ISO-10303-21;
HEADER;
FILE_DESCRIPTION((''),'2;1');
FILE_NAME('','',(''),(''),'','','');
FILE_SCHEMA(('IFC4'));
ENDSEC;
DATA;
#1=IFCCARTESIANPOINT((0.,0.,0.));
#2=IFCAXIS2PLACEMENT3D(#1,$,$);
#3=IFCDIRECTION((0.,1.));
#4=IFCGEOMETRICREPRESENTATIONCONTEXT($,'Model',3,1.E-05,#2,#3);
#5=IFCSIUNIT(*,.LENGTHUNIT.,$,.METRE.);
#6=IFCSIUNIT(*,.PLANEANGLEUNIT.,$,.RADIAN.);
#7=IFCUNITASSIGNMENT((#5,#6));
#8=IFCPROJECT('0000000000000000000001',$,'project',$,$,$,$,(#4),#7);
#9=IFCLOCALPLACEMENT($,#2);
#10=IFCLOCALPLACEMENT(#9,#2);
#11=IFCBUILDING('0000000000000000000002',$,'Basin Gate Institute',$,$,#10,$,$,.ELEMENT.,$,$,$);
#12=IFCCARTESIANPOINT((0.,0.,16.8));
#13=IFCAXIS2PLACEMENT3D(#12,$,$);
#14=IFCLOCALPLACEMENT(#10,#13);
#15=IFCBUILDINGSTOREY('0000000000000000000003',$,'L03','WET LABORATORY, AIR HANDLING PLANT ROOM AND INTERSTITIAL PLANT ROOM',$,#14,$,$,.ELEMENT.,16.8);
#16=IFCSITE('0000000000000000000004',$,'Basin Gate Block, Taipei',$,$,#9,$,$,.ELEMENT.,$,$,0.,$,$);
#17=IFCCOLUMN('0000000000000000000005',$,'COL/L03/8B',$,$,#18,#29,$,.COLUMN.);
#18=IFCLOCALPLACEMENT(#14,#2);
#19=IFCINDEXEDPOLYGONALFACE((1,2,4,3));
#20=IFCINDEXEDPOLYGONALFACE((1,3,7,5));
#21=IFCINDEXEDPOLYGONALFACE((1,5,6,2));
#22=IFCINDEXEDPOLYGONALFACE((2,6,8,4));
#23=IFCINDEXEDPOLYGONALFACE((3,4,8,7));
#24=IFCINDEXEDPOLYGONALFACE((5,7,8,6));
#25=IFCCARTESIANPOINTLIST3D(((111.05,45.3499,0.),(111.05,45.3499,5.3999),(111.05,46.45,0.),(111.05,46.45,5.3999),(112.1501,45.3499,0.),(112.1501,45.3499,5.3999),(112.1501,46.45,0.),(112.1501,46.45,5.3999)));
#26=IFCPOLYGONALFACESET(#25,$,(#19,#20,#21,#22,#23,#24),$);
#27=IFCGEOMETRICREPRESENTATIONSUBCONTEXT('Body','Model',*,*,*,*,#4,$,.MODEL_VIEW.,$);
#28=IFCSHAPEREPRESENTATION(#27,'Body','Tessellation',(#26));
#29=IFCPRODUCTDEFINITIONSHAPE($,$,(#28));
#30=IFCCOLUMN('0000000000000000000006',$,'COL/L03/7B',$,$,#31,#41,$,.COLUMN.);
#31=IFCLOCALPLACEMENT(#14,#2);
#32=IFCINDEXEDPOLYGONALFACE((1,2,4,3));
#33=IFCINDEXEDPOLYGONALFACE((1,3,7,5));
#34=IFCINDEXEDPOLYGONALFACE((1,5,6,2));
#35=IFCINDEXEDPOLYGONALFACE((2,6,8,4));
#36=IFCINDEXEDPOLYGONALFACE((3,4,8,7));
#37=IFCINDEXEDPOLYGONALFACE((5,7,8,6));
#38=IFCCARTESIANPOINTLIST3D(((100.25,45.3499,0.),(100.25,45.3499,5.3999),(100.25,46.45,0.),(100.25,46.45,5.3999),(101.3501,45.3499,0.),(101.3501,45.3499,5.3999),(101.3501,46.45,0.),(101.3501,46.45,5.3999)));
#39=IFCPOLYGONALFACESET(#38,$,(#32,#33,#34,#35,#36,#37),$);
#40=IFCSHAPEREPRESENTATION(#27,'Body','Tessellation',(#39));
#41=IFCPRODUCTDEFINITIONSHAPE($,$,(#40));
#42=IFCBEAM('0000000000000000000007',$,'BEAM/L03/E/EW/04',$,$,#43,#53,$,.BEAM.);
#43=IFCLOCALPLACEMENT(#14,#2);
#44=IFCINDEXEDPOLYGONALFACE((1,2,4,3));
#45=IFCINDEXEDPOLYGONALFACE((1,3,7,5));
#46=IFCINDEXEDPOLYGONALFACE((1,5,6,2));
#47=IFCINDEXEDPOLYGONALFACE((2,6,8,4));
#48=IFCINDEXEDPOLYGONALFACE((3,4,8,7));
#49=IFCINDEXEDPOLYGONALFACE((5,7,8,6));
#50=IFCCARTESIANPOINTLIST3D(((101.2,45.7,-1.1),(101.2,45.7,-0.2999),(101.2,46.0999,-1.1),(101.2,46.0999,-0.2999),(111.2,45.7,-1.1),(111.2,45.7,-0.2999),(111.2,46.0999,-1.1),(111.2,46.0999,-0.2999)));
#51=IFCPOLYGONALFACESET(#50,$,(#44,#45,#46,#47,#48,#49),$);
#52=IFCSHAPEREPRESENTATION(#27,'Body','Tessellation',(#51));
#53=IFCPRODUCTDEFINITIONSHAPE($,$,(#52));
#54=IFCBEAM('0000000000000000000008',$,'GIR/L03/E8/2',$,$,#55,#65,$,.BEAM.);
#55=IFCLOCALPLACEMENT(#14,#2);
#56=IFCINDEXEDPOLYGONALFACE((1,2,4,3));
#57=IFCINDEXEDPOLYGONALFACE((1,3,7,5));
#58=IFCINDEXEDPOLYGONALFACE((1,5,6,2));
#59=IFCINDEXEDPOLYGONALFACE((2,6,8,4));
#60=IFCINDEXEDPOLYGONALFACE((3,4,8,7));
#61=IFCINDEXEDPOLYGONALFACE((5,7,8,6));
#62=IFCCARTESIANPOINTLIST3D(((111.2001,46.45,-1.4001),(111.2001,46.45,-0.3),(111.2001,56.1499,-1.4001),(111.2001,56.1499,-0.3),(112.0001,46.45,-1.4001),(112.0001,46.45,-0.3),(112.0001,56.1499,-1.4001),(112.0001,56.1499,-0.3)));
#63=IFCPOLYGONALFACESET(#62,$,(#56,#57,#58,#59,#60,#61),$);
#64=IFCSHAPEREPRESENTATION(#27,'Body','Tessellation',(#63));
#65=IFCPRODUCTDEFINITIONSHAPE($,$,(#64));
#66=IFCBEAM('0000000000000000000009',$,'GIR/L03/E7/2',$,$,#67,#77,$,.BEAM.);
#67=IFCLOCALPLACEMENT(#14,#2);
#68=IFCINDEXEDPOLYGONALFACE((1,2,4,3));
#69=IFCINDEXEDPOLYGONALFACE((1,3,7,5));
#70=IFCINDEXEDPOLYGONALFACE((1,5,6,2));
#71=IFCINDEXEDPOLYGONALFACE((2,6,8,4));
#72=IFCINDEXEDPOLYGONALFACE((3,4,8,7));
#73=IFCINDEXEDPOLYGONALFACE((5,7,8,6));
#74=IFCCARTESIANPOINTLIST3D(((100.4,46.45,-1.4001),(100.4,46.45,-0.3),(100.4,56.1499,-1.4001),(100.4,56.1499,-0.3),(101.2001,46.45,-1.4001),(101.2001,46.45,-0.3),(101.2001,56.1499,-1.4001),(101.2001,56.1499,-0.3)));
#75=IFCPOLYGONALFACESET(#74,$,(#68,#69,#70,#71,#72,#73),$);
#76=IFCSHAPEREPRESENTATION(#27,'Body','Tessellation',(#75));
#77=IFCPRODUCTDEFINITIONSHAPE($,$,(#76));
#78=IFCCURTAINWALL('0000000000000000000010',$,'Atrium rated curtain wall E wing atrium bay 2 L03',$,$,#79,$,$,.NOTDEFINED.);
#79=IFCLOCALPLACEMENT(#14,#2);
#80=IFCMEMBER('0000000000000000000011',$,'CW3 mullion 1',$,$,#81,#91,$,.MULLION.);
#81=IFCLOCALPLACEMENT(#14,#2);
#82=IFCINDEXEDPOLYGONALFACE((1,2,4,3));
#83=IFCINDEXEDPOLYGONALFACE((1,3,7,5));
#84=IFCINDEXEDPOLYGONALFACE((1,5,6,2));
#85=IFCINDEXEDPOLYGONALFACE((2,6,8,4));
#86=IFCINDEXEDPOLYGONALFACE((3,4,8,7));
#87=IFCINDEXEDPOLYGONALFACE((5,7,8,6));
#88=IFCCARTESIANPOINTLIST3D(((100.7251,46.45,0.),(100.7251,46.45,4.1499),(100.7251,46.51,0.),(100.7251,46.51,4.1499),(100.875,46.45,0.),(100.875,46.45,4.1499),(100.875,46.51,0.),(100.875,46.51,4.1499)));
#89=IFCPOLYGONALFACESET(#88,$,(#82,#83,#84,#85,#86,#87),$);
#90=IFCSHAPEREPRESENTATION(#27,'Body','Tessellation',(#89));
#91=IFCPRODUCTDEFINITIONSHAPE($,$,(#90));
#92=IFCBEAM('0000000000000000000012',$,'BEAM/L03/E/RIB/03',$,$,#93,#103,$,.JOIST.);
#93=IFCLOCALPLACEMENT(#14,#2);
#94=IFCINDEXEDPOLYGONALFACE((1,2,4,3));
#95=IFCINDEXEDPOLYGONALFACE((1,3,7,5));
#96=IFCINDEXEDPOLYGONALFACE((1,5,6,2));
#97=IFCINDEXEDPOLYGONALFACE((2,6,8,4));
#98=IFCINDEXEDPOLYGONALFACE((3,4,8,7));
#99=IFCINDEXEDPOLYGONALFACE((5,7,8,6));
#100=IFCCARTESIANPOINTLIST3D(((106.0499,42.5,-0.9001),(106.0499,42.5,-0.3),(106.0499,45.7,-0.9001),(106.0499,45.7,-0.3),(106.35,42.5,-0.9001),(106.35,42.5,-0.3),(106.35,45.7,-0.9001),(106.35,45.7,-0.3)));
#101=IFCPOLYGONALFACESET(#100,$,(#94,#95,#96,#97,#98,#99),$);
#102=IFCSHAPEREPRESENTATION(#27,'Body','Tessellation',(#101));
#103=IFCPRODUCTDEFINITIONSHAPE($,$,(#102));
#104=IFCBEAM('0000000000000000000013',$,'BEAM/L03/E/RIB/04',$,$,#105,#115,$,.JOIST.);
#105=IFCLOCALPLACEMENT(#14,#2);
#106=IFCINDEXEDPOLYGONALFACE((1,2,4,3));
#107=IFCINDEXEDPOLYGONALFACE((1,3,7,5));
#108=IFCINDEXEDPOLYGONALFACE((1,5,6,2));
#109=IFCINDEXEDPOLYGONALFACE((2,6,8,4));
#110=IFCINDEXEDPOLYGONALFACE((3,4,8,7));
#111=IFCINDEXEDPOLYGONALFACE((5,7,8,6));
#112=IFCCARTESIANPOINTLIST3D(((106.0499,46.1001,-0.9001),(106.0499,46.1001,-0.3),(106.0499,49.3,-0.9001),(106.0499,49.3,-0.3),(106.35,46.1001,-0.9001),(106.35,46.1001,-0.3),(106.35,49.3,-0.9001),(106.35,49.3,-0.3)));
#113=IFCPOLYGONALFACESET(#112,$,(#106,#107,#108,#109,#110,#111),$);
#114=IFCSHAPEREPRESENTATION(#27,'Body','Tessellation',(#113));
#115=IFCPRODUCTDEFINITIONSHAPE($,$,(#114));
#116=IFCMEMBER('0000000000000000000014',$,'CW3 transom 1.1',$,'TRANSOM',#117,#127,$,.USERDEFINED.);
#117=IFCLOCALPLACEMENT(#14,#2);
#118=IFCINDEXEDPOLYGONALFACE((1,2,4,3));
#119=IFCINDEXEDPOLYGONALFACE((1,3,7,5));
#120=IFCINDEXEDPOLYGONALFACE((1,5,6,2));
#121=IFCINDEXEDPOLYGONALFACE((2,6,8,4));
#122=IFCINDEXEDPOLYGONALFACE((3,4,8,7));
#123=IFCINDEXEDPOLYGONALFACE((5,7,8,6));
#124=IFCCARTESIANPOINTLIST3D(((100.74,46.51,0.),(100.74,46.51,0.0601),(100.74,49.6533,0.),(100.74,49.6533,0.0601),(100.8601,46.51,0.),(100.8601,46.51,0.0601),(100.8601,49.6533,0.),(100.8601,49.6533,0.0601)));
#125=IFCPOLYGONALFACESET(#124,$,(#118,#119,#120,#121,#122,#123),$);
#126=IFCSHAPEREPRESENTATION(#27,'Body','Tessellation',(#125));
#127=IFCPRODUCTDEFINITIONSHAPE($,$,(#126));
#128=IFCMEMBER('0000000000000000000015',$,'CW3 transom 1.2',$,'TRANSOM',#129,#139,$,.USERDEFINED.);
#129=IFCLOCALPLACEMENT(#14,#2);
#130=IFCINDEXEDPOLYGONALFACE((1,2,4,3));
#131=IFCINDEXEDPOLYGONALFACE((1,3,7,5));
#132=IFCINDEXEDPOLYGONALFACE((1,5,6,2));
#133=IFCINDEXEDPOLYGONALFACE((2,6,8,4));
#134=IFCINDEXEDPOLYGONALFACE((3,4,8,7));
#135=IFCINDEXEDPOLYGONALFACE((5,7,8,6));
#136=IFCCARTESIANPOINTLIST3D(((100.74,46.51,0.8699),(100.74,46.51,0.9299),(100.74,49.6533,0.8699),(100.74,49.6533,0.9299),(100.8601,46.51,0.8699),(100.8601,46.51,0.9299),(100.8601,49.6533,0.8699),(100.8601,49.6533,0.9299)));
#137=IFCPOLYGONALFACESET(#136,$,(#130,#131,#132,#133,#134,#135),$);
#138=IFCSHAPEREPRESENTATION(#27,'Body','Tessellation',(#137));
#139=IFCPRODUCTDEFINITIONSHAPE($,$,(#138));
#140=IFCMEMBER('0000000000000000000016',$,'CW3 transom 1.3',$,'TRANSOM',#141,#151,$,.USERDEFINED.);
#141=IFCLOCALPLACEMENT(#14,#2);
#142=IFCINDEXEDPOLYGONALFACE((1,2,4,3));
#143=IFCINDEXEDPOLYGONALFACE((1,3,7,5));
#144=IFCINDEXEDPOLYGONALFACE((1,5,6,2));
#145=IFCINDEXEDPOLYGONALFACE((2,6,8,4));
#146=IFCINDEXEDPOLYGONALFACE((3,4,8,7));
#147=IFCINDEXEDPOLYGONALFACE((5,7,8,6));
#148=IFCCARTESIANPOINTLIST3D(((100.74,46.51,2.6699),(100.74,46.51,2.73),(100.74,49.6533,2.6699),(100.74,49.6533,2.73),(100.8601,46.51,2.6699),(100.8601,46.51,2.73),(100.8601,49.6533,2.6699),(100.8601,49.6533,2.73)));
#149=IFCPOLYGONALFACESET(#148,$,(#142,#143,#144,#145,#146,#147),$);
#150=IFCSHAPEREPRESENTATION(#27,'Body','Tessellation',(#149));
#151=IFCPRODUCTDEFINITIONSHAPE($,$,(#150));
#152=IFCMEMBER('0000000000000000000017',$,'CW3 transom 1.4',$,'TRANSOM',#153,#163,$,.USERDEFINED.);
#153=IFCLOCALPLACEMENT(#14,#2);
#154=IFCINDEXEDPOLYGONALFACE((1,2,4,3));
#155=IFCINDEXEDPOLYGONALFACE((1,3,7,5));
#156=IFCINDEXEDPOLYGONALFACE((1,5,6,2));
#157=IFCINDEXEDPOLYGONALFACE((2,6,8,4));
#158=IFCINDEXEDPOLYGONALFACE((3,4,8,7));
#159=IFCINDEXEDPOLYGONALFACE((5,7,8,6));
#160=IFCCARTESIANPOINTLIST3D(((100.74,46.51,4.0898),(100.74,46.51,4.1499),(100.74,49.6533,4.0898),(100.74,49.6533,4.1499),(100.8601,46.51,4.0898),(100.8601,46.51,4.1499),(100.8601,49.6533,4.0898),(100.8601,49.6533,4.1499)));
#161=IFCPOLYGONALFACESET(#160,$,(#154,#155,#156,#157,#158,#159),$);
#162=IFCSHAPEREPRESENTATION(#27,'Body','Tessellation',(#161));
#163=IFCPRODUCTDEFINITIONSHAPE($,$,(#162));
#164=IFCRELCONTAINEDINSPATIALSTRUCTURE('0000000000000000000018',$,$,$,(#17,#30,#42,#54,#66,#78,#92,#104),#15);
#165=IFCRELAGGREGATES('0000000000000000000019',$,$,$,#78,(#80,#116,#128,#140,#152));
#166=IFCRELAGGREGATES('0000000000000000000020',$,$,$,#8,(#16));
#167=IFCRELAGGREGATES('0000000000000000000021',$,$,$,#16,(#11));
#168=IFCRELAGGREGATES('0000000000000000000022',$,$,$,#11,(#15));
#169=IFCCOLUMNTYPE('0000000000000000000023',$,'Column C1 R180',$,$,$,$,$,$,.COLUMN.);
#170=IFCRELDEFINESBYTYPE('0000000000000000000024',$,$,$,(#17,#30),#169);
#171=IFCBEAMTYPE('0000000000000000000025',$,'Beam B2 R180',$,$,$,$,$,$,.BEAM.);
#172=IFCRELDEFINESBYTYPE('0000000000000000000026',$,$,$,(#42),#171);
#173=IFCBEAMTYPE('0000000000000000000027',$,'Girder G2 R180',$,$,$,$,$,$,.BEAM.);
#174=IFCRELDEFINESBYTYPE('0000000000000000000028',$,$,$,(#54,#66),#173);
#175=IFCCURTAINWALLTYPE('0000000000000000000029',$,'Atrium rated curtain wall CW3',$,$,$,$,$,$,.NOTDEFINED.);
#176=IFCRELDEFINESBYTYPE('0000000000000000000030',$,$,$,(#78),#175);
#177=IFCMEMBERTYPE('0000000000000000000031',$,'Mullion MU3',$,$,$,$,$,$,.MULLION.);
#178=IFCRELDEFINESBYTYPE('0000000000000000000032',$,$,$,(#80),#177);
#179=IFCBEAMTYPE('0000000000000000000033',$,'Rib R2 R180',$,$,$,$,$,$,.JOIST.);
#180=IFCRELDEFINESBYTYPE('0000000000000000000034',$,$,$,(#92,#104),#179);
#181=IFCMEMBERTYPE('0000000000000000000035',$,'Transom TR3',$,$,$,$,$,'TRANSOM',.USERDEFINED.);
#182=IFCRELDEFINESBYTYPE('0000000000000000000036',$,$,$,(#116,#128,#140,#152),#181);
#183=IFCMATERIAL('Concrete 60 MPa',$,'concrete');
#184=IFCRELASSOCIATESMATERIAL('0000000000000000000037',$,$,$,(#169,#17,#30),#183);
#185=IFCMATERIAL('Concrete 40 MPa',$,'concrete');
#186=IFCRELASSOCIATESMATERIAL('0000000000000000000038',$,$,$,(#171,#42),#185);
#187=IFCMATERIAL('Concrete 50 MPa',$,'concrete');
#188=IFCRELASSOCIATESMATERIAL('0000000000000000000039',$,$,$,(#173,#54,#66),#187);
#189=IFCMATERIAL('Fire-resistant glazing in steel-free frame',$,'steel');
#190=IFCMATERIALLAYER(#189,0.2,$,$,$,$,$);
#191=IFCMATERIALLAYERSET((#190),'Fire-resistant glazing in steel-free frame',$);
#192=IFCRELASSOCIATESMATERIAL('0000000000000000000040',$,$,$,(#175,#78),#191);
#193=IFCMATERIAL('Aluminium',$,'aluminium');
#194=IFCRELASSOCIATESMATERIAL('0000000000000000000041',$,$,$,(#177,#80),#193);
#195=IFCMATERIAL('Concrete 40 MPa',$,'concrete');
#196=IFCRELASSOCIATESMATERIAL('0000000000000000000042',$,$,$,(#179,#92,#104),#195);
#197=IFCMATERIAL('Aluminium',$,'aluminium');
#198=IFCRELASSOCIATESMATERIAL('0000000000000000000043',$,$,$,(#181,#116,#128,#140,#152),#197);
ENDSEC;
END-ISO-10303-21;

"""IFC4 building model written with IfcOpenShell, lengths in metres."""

from ifc_helpers import new_model, si_unit, direction, frame, origin, origin_2d, place, context, subcontext, project, spatial, rectangle, extrude, material, layer, layer_set, material_profile, profile_set, type_object, element, aggregate, save


model = new_model("IFC4")

# Units and contexts
model_context = context("Model", 3, precision=1e-05, world=origin(), true_north=direction((0.0, 1.0)))
body_context = subcontext(model_context, "Body", "Model", "MODEL_VIEW")
ifc_project = project(units=[si_unit("LENGTHUNIT", "METRE"), si_unit("PLANEANGLEUNIT", "RADIAN")], contexts=[model_context])

# Site, building, storey
site_placement = place(None, origin())
site = spatial("IfcSite", under=ifc_project, at=site_placement, Name="Basin Gate Block, Taipei", CompositionType="ELEMENT", RefElevation=0.0)
building_placement = place(site_placement, origin())
building = spatial("IfcBuilding", under=site, at=building_placement, Name="Basin Gate Institute", CompositionType="ELEMENT")
storey_placement = place(building_placement, frame((0.0, 0.0, 16.8)))
storey = spatial("IfcBuildingStorey", under=building, at=storey_placement, Name="L03", Description="WET LABORATORY, AIR HANDLING PLANT ROOM AND INTERSTITIAL PLANT ROOM", CompositionType="ELEMENT", Elevation=16.8)

# Columns
ifc_material_1 = material(Name="Concrete 60 MPa", Category="concrete")
ifc_material_profile_1 = material_profile(ifc_material_1, rectangle(XDim=1.1001, YDim=1.1001, at=origin_2d()), Name="Column C1 1100 x 1100")
ifc_profile_set_1 = profile_set([ifc_material_profile_1], Name="Concrete 60 MPa")
column_type = type_object("IfcColumnType", Name="Column C1 R180", PredefinedType="COLUMN", material=ifc_profile_set_1)
for number, where, z_axis, x_axis, name in (
    (1, (111.6001, 45.8999, 0.0), (0.0, 0.0, 1.0), (1.0, 0.0, 0.0), "COL/L03/8B"),
    (2, (100.8, 45.8999, 0.0), (0.0, 0.0, 1.0), (1.0, 0.0, 0.0), "COL/L03/7B"),
):
    element("IfcColumn", number, at=place(storey_placement, frame(where, z_axis=z_axis, x_axis=x_axis)), inside=storey, type_object=column_type, material=ifc_profile_set_1, Name=name, PredefinedType="COLUMN", context=body_context, shape_type="SweptSolid", body=[
        extrude(rectangle(XDim=1.1001, YDim=1.1001, at=origin_2d()), origin(), (0.0, 0.0, 1.0), 5.3999),
    ])

# Beams
ifc_material_2 = material(Name="Concrete 40 MPa", Category="concrete")
ifc_material_profile_2 = material_profile(ifc_material_2, rectangle(XDim=0.3999, YDim=0.8, at=origin_2d()), Name="Beam B2 400 x 800")
ifc_profile_set_2 = profile_set([ifc_material_profile_2], Name="Concrete 40 MPa")
beam_type_1 = type_object("IfcBeamType", Name="Beam B2 R180", PredefinedType="BEAM", material=ifc_profile_set_2)
beam_placement = place(storey_placement, frame((111.2, 45.8999, -0.7), z_axis=(-1.0, 0.0, 0.0), x_axis=(0.0, -1.0, 0.0)))
element("IfcBeam", 3, at=beam_placement, inside=storey, type_object=beam_type_1, material=ifc_profile_set_2, Name="BEAM/L03/E/EW/04", PredefinedType="BEAM", context=body_context, shape_type="SweptSolid", body=[
    extrude(rectangle(XDim=0.3999, YDim=0.8, at=origin_2d()), origin(), (0.0, 0.0, 1.0), 10.0),
])
ifc_material_3 = material(Name="Concrete 50 MPa", Category="concrete")
ifc_material_profile_3 = material_profile(ifc_material_3, rectangle(XDim=0.8, YDim=1.1001, at=origin_2d()), Name="Girder G2 800 x 1100")
ifc_profile_set_3 = profile_set([ifc_material_profile_3], Name="Concrete 50 MPa")
beam_type_2 = type_object("IfcBeamType", Name="Girder G2 R180", PredefinedType="BEAM", material=ifc_profile_set_3)
for number, where, z_axis, x_axis, name in (
    (4, (111.6001, 46.45, -0.8501), (0.0, 1.0, 0.0), (-1.0, 0.0, 0.0), "GIR/L03/E8/2"),
    (5, (100.8, 46.45, -0.8501), (0.0, 1.0, 0.0), (-1.0, 0.0, 0.0), "GIR/L03/E7/2"),
):
    element("IfcBeam", number, at=place(storey_placement, frame(where, z_axis=z_axis, x_axis=x_axis)), inside=storey, type_object=beam_type_2, material=ifc_profile_set_3, Name=name, PredefinedType="BEAM", context=body_context, shape_type="SweptSolid", body=[
        extrude(rectangle(XDim=0.8, YDim=1.1001, at=origin_2d()), origin(), (0.0, 0.0, 1.0), 9.7),
    ])

# Curtain wall, member
ifc_material_4 = material(Name="Fire-resistant glazing in steel-free frame", Category="steel")
ifc_layer_1 = layer(ifc_material_4, 0.2)
ifc_layer_set_1 = layer_set([ifc_layer_1], Name="Fire-resistant glazing in steel-free frame")
curtain_wall_type = type_object("IfcCurtainWallType", Name="Atrium rated curtain wall CW3", PredefinedType="NOTDEFINED", material=ifc_layer_set_1)
curtain_wall_placement = place(storey_placement, origin())
curtain_wall = element("IfcCurtainWall", 6, at=curtain_wall_placement, inside=storey, type_object=curtain_wall_type, material=ifc_layer_set_1, Name="Atrium rated curtain wall E wing atrium bay 2 L03", PredefinedType="NOTDEFINED")
ifc_material_5 = material(Name="Aluminium", Category="aluminium")
ifc_material_profile_4 = material_profile(ifc_material_5, rectangle(XDim=0.1499, YDim=0.0601, at=origin_2d()), Name="Mullion MU3 150 x 60")
ifc_profile_set_4 = profile_set([ifc_material_profile_4], Name="Aluminium")
member_type_1 = type_object("IfcMemberType", Name="Mullion MU3", PredefinedType="MULLION", material=ifc_profile_set_4)
member_1_placement = place(storey_placement, frame((100.8, 46.48, 0.0), z_axis=(0.0, 0.0, 1.0), x_axis=(-1.0, 0.0, 0.0)))
member_1 = element("IfcMember", 7, at=member_1_placement, type_object=member_type_1, material=ifc_profile_set_4, Name="CW3 mullion 1", PredefinedType="MULLION", context=body_context, shape_type="SweptSolid", body=[
    extrude(rectangle(XDim=0.1499, YDim=0.0601, at=origin_2d()), origin(), (0.0, 0.0, 1.0), 4.1499),
])

# Beams
ifc_material_6 = material(Name="Concrete 40 MPa", Category="concrete")
ifc_material_profile_5 = material_profile(ifc_material_6, rectangle(XDim=0.3, YDim=0.6001, at=origin_2d()), Name="Rib R2 300 x 600")
ifc_profile_set_5 = profile_set([ifc_material_profile_5], Name="Concrete 40 MPa")
beam_type_3 = type_object("IfcBeamType", Name="Rib R2 R180", PredefinedType="JOIST", material=ifc_profile_set_5)
for number, where, z_axis, x_axis, name in (
    (8, (106.2, 42.5, -0.6001), (0.0, 1.0, 0.0), (-1.0, 0.0, 0.0), "BEAM/L03/E/RIB/03"),
    (9, (106.2, 46.1001, -0.6001), (0.0, 1.0, 0.0), (-1.0, 0.0, 0.0), "BEAM/L03/E/RIB/04"),
):
    element("IfcBeam", number, at=place(storey_placement, frame(where, z_axis=z_axis, x_axis=x_axis)), inside=storey, type_object=beam_type_3, material=ifc_profile_set_5, Name=name, PredefinedType="JOIST", context=body_context, shape_type="SweptSolid", body=[
        extrude(rectangle(XDim=0.3, YDim=0.6001, at=origin_2d()), origin(), (0.0, 0.0, 1.0), 3.2),
    ])

# Members
ifc_material_7 = material(Name="Aluminium", Category="aluminium")
ifc_material_profile_6 = material_profile(ifc_material_7, rectangle(XDim=0.1201, YDim=0.0601, at=origin_2d()), Name="Transom TR3 120 x 60")
ifc_profile_set_6 = profile_set([ifc_material_profile_6], Name="Aluminium")
member_type_2 = type_object("IfcMemberType", Name="Transom TR3", ElementType="TRANSOM", PredefinedType="USERDEFINED", material=ifc_profile_set_6)
member_2_placement = place(storey_placement, frame((100.8, 46.51, 0.03), z_axis=(0.0, 1.0, 0.0), x_axis=(-1.0, 0.0, 0.0)))
member_2 = element("IfcMember", 10, at=member_2_placement, type_object=member_type_2, material=ifc_profile_set_6, Name="CW3 transom 1.1", ObjectType="TRANSOM", PredefinedType="USERDEFINED", context=body_context, shape_type="SweptSolid", body=[
    extrude(rectangle(XDim=0.1201, YDim=0.0601, at=origin_2d()), origin(), (0.0, 0.0, 1.0), 3.1433),
])
member_3_placement = place(storey_placement, frame((100.8, 46.51, 0.8999), z_axis=(0.0, 1.0, 0.0), x_axis=(-1.0, 0.0, 0.0)))
member_3 = element("IfcMember", 11, at=member_3_placement, type_object=member_type_2, material=ifc_profile_set_6, Name="CW3 transom 1.2", ObjectType="TRANSOM", PredefinedType="USERDEFINED", context=body_context, shape_type="SweptSolid", body=[
    extrude(rectangle(XDim=0.1201, YDim=0.0601, at=origin_2d()), origin(), (0.0, 0.0, 1.0), 3.1433),
])
member_4_placement = place(storey_placement, frame((100.8, 46.51, 2.7), z_axis=(0.0, 1.0, 0.0), x_axis=(-1.0, 0.0, 0.0)))
member_4 = element("IfcMember", 12, at=member_4_placement, type_object=member_type_2, material=ifc_profile_set_6, Name="CW3 transom 1.3", ObjectType="TRANSOM", PredefinedType="USERDEFINED", context=body_context, shape_type="SweptSolid", body=[
    extrude(rectangle(XDim=0.1201, YDim=0.0601, at=origin_2d()), origin(), (0.0, 0.0, 1.0), 3.1433),
])
member_5_placement = place(storey_placement, frame((100.8, 46.51, 4.1199), z_axis=(0.0, 1.0, 0.0), x_axis=(-1.0, 0.0, 0.0)))
member_5 = element("IfcMember", 13, at=member_5_placement, type_object=member_type_2, material=ifc_profile_set_6, Name="CW3 transom 1.4", ObjectType="TRANSOM", PredefinedType="USERDEFINED", context=body_context, shape_type="SweptSolid", body=[
    extrude(rectangle(XDim=0.1201, YDim=0.0601, at=origin_2d()), origin(), (0.0, 0.0, 1.0), 3.1433),
])
aggregate(curtain_wall, [member_1, member_2, member_3, member_4, member_5])

save(model, "model.ifc")
